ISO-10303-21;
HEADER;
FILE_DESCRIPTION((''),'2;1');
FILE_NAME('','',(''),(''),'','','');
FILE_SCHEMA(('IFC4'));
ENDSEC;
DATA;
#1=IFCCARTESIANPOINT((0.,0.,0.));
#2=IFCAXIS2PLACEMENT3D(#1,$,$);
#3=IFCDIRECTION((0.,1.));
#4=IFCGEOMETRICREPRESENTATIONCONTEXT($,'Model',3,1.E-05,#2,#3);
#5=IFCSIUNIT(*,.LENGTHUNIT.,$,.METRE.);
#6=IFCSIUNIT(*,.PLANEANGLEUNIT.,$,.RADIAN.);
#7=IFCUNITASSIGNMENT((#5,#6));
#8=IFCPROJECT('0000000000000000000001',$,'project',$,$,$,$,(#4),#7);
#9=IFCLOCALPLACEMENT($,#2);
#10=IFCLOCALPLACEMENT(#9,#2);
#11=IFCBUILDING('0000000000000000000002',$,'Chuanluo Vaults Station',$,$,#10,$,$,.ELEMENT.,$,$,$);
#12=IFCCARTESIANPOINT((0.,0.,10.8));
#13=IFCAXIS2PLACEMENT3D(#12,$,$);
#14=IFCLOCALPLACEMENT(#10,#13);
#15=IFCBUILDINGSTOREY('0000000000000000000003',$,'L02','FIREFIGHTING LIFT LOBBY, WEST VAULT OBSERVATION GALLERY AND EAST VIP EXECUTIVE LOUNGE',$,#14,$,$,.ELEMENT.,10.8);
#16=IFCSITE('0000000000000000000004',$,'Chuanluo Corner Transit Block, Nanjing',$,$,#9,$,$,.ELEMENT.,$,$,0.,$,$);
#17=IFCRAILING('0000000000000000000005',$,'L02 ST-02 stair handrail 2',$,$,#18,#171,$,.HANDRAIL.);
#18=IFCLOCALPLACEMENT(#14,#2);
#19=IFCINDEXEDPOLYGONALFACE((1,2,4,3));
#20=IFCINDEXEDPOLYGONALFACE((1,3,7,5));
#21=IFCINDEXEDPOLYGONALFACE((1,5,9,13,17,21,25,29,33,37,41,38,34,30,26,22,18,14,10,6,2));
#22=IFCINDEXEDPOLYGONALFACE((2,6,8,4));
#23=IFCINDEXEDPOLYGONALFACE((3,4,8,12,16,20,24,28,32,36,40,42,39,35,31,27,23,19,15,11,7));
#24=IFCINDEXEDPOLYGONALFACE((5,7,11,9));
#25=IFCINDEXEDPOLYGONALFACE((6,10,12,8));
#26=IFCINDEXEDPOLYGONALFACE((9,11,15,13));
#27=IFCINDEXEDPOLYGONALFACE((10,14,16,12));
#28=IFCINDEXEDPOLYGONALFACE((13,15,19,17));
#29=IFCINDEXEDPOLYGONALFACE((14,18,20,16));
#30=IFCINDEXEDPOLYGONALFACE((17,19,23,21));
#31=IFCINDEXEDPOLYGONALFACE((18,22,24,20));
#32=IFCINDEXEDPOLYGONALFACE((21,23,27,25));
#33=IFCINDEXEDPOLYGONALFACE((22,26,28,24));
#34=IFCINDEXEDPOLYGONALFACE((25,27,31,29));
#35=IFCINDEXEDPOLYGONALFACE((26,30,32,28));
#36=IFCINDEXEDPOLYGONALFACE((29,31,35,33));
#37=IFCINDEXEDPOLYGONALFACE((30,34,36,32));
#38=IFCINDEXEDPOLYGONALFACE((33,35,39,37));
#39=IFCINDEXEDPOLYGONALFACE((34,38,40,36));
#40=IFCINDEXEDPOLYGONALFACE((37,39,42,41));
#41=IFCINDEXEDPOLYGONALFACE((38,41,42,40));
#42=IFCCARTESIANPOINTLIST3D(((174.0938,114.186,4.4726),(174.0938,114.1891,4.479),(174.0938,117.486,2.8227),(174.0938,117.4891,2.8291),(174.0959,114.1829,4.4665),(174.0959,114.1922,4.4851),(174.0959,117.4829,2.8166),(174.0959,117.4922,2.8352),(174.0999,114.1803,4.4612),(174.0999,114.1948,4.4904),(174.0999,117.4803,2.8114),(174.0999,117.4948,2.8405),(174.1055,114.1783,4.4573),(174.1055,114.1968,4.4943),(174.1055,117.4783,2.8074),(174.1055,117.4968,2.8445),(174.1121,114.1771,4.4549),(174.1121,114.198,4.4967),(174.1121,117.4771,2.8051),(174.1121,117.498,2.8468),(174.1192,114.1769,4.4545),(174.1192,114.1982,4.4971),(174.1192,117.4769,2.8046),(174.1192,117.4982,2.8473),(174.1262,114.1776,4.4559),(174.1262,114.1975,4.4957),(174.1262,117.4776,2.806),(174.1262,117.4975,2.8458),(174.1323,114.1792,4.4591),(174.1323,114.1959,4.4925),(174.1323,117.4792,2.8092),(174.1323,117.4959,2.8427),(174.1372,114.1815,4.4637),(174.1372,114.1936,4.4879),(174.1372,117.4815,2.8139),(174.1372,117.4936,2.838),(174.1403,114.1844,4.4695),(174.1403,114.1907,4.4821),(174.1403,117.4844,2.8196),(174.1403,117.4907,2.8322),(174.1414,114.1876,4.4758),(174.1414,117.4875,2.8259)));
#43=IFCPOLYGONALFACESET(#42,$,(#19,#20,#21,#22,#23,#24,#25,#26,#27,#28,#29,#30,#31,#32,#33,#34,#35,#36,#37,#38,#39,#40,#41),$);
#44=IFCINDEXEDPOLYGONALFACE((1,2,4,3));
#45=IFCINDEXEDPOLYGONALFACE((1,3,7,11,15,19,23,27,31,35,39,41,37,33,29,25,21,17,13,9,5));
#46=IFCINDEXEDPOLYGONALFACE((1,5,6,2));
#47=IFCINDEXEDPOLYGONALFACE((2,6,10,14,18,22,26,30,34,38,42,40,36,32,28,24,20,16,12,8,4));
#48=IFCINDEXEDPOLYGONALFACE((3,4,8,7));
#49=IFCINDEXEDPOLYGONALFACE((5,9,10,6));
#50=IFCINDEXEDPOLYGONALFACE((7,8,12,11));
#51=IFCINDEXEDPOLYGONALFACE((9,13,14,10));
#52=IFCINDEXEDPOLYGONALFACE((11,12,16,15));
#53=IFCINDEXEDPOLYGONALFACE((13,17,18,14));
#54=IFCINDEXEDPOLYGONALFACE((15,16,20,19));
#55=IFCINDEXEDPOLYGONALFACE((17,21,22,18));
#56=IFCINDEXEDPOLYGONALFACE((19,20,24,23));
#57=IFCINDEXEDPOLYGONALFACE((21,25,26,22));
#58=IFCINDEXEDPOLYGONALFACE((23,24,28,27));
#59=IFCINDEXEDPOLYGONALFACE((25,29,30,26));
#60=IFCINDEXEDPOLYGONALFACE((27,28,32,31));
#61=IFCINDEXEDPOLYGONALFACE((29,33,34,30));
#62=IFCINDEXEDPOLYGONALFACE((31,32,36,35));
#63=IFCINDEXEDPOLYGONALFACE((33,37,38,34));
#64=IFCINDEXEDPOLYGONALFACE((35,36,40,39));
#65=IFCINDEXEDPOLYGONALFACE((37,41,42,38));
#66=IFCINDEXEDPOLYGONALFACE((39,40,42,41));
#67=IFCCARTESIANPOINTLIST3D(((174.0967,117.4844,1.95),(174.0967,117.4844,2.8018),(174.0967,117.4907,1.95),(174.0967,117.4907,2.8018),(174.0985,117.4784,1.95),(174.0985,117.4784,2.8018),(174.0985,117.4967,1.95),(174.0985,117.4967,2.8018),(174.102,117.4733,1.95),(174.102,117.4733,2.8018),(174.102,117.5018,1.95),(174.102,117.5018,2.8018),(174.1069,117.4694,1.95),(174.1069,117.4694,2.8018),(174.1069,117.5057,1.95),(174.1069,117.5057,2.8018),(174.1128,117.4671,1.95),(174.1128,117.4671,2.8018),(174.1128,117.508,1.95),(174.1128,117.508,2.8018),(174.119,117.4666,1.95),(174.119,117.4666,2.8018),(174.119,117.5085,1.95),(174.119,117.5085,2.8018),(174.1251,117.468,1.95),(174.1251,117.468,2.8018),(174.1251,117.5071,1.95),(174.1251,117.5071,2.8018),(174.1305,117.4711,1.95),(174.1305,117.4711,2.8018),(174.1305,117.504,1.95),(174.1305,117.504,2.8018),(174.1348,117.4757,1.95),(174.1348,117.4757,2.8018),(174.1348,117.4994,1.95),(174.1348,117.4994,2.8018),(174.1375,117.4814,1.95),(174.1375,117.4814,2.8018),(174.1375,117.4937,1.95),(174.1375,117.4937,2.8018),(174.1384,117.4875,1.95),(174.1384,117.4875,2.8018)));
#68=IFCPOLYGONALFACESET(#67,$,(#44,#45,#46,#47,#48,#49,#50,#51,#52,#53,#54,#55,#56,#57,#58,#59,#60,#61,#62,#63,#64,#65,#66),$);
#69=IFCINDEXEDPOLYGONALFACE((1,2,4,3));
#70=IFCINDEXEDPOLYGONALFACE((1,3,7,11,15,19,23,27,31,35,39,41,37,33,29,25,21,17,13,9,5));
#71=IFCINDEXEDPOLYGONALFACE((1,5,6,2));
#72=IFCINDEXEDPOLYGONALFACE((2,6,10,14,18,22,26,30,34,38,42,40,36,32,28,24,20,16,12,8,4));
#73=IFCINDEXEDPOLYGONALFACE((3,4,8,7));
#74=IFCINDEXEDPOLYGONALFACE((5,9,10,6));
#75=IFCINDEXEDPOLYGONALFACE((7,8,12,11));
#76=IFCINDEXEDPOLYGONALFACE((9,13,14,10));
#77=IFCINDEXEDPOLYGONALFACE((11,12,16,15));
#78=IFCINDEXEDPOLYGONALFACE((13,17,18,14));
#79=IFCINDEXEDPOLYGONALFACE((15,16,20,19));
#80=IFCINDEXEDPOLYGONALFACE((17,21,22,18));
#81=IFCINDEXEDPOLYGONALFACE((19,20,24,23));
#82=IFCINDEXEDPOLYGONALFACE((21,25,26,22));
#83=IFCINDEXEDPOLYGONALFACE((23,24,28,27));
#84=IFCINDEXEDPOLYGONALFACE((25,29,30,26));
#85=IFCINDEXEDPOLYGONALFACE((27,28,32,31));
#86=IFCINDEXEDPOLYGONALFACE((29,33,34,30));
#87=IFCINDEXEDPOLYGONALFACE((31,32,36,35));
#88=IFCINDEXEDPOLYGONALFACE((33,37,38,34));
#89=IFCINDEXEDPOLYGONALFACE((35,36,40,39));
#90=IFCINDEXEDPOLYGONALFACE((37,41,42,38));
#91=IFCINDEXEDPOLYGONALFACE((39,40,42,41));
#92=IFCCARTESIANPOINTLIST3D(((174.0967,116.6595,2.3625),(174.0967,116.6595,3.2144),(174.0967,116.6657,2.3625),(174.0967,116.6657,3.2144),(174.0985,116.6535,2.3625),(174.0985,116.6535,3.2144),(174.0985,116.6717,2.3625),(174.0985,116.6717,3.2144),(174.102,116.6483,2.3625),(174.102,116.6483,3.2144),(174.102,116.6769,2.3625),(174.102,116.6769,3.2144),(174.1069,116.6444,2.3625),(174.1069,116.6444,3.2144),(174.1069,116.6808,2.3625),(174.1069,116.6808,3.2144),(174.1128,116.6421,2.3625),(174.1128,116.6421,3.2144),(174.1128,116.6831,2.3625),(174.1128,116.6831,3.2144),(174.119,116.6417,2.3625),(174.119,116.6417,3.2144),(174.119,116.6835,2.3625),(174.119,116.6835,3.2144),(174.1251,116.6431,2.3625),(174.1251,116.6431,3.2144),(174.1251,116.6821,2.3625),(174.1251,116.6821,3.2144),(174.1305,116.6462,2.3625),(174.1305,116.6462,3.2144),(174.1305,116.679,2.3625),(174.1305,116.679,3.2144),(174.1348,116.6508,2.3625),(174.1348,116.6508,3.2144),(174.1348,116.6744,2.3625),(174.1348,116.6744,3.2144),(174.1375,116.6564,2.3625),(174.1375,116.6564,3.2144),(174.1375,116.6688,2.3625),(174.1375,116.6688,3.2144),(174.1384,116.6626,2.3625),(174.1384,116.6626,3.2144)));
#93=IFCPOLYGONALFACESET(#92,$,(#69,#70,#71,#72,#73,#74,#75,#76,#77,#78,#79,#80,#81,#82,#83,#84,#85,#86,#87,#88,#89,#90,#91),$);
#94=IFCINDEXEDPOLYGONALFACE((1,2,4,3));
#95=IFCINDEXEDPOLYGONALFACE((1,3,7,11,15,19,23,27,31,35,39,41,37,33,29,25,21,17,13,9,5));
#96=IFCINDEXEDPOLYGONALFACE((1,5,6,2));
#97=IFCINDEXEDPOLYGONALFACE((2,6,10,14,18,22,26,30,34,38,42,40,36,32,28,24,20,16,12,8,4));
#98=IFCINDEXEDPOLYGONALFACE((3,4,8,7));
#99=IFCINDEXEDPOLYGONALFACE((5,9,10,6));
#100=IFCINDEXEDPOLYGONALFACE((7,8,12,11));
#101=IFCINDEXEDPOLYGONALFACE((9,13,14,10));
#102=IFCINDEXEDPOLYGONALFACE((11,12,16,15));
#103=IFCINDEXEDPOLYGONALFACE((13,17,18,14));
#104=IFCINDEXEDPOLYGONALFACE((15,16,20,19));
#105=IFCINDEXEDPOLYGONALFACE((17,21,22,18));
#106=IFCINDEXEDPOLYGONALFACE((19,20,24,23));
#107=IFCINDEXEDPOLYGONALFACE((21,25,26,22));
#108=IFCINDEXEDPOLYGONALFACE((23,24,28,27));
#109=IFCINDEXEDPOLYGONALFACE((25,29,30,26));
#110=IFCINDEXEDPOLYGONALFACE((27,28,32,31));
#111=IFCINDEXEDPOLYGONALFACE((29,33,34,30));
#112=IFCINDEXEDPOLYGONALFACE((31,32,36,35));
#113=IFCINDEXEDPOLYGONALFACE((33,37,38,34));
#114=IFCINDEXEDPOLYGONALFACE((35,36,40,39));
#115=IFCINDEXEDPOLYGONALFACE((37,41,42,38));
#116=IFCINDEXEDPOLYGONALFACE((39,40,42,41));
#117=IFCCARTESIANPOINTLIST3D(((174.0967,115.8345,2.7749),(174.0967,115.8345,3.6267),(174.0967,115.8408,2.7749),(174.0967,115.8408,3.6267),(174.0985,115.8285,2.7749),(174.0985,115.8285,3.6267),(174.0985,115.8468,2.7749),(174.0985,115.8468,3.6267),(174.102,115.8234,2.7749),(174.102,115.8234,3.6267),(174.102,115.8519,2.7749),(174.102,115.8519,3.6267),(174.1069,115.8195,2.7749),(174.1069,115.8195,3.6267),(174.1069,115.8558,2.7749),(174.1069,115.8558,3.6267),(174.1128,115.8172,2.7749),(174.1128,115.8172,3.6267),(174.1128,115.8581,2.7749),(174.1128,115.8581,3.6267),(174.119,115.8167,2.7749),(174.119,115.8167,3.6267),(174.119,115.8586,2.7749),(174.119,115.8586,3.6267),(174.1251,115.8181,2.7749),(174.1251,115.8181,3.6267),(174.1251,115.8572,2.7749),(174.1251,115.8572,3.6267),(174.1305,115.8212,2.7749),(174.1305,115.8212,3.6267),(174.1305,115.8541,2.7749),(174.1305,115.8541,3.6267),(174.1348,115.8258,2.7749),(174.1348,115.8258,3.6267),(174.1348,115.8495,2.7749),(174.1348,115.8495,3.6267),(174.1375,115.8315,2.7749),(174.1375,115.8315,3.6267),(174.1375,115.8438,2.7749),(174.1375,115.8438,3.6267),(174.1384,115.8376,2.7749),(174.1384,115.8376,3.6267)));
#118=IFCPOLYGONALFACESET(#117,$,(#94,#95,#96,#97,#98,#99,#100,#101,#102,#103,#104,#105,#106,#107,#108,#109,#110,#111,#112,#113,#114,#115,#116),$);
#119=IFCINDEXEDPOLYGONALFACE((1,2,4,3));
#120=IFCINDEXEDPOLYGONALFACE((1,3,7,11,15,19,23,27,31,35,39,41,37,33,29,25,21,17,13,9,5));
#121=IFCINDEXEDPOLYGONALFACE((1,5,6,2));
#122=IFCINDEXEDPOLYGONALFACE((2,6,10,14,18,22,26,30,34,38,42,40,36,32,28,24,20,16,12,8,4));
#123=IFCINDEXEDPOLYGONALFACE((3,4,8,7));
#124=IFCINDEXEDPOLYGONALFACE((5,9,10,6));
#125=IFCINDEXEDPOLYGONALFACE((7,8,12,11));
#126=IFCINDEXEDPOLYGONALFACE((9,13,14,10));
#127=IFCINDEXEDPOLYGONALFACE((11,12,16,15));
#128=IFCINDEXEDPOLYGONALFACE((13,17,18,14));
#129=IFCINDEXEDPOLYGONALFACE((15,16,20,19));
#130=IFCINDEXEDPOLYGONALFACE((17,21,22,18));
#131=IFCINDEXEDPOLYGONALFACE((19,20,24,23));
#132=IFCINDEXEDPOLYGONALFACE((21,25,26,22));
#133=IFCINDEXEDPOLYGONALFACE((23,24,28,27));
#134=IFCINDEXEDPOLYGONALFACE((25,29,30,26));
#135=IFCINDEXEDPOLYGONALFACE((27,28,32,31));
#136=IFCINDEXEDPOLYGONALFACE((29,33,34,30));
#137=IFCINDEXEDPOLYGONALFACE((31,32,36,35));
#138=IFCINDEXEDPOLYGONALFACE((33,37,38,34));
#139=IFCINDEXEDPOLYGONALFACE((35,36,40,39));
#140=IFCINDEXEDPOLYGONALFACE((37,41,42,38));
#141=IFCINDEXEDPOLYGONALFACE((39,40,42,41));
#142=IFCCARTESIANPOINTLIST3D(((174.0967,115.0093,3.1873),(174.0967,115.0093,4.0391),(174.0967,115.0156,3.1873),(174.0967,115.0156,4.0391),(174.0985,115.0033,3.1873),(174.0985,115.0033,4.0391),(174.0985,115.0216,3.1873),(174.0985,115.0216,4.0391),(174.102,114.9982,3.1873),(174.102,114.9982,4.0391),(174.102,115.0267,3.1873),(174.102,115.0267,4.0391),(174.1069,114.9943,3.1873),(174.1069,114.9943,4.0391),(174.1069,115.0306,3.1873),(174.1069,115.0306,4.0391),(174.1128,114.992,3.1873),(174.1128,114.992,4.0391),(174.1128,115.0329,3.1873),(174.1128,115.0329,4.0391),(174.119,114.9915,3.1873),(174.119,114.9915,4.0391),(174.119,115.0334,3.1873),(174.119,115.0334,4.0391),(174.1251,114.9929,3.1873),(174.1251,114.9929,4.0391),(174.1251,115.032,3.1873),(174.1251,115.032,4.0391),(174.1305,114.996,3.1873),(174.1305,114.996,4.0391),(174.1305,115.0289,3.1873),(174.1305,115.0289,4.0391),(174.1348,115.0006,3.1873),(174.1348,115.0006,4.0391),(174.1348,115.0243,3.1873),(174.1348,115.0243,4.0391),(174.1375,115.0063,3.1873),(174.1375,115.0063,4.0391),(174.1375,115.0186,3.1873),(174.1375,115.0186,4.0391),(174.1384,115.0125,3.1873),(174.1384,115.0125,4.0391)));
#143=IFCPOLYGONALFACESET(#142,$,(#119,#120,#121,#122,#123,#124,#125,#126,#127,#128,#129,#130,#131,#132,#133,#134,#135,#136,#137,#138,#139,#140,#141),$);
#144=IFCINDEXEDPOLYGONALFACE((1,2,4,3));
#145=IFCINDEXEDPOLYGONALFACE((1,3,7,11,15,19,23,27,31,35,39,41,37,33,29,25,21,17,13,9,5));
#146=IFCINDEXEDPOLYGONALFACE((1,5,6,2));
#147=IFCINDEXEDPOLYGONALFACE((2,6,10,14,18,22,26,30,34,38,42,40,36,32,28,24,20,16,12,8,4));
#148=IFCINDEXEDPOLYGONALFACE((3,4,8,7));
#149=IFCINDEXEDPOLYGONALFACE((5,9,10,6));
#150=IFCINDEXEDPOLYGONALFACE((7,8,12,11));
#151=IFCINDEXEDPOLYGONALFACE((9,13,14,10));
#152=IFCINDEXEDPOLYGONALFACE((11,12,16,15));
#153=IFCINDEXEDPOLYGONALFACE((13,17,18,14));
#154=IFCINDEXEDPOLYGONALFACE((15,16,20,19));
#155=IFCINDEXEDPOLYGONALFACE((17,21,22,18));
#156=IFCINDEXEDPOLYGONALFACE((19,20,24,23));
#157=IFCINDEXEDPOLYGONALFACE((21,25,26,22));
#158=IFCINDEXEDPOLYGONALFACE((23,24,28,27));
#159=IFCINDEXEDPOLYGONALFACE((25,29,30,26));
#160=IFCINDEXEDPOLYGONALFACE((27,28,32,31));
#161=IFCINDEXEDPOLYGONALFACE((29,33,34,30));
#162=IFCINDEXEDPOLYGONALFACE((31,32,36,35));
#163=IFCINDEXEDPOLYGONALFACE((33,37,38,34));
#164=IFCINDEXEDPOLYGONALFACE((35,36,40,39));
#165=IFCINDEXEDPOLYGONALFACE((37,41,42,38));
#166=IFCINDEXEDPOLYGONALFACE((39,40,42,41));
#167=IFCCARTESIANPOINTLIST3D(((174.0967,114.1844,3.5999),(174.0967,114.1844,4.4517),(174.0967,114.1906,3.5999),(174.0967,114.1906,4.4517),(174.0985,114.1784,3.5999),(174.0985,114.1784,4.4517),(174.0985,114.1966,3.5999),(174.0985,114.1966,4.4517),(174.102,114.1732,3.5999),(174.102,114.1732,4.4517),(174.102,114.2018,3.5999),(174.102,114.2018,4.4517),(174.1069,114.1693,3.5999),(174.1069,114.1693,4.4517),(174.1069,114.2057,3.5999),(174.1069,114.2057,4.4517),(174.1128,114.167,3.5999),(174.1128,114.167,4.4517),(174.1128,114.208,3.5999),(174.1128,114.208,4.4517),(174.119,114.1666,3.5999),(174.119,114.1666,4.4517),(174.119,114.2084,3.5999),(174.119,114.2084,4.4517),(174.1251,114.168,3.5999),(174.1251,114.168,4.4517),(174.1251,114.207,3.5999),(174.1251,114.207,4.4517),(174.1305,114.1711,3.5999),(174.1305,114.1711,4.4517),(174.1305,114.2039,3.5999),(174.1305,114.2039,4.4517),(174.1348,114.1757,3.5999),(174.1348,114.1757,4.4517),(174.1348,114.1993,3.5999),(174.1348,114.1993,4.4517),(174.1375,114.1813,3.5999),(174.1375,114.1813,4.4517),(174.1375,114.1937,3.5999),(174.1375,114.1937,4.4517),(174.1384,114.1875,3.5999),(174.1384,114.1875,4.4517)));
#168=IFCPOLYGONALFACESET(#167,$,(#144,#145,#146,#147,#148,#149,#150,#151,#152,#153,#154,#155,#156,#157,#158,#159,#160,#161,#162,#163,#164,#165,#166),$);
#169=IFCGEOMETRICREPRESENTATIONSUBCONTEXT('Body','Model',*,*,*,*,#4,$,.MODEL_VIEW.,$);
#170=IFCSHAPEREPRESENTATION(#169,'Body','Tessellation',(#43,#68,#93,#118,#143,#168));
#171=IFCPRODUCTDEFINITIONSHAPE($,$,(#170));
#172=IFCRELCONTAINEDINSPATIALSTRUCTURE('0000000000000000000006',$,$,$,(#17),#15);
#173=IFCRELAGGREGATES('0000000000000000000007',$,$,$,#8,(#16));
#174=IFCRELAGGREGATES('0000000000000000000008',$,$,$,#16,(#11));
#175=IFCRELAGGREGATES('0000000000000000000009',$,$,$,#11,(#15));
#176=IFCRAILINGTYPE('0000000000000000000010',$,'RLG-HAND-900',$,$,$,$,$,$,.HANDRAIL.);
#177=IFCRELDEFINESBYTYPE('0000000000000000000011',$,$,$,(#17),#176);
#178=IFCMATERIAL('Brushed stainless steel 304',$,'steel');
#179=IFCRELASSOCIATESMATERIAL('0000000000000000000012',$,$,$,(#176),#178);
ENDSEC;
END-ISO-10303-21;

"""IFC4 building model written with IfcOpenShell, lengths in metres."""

from ifc_helpers import new_model, si_unit, direction, frame, origin, origin_2d, place, context, subcontext, project, spatial, circle, extrude, material, type_object, element, save


model = new_model("IFC4")

# Units and contexts
model_context = context("Model", 3, precision=1e-05, world=origin(), true_north=direction((0.0, 1.0)))
body_context = subcontext(model_context, "Body", "Model", "MODEL_VIEW")
ifc_project = project(units=[si_unit("LENGTHUNIT", "METRE"), si_unit("PLANEANGLEUNIT", "RADIAN")], contexts=[model_context])

# Site, building, storey
site_placement = place(None, origin())
site = spatial("IfcSite", under=ifc_project, at=site_placement, Name="Chuanluo Corner Transit Block, Nanjing", CompositionType="ELEMENT", RefElevation=0.0)
building_placement = place(site_placement, origin())
building = spatial("IfcBuilding", under=site, at=building_placement, Name="Chuanluo Vaults Station", CompositionType="ELEMENT")
storey_placement = place(building_placement, frame((0.0, 0.0, 10.8)))
storey = spatial("IfcBuildingStorey", under=building, at=storey_placement, Name="L02", Description="FIREFIGHTING LIFT LOBBY, WEST VAULT OBSERVATION GALLERY AND EAST VIP EXECUTIVE LOUNGE", CompositionType="ELEMENT", Elevation=10.8)

# Railing
ifc_material_1 = material(Name="Brushed stainless steel 304", Category="steel")
railing_type_1 = type_object("IfcRailingType", Name="RLG-HAND-900", PredefinedType="HANDRAIL", material=ifc_material_1)
railing_1_placement = place(storey_placement, frame((174.1174, 117.4875, 1.95)))
element("IfcRailing", 1, at=railing_1_placement, inside=storey, type_object=railing_type_1, Name="L02 ST-02 stair handrail 2", PredefinedType="HANDRAIL", context=body_context, shape_type="SweptSolid", body=[
    extrude(circle(Radius=0.0239, at=origin_2d()), frame((0.0, 0.0, 0.876), z_axis=(0.0, -0.89444, 0.447187), x_axis=(1.0, 0.0, 0.0)), (0.0, 0.0, 1.0), 3.6895),
    extrude(circle(Radius=0.021, at=origin_2d()), origin(), (0.0, 0.0, 1.0), 0.8518),
    extrude(circle(Radius=0.021, at=origin_2d()), frame((0.0, -0.825, 0.4126)), (0.0, 0.0, 1.0), 0.8518),
    extrude(circle(Radius=0.021, at=origin_2d()), frame((0.0, -1.6499, 0.825)), (0.0, 0.0, 1.0), 0.8518),
    extrude(circle(Radius=0.021, at=origin_2d()), frame((0.0, -2.4751, 1.2373)), (0.0, 0.0, 1.0), 0.8518),
    extrude(circle(Radius=0.021, at=origin_2d()), frame((0.0, -3.3, 1.6499)), (0.0, 0.0, 1.0), 0.8518),
])

save(model, "model.ifc")
